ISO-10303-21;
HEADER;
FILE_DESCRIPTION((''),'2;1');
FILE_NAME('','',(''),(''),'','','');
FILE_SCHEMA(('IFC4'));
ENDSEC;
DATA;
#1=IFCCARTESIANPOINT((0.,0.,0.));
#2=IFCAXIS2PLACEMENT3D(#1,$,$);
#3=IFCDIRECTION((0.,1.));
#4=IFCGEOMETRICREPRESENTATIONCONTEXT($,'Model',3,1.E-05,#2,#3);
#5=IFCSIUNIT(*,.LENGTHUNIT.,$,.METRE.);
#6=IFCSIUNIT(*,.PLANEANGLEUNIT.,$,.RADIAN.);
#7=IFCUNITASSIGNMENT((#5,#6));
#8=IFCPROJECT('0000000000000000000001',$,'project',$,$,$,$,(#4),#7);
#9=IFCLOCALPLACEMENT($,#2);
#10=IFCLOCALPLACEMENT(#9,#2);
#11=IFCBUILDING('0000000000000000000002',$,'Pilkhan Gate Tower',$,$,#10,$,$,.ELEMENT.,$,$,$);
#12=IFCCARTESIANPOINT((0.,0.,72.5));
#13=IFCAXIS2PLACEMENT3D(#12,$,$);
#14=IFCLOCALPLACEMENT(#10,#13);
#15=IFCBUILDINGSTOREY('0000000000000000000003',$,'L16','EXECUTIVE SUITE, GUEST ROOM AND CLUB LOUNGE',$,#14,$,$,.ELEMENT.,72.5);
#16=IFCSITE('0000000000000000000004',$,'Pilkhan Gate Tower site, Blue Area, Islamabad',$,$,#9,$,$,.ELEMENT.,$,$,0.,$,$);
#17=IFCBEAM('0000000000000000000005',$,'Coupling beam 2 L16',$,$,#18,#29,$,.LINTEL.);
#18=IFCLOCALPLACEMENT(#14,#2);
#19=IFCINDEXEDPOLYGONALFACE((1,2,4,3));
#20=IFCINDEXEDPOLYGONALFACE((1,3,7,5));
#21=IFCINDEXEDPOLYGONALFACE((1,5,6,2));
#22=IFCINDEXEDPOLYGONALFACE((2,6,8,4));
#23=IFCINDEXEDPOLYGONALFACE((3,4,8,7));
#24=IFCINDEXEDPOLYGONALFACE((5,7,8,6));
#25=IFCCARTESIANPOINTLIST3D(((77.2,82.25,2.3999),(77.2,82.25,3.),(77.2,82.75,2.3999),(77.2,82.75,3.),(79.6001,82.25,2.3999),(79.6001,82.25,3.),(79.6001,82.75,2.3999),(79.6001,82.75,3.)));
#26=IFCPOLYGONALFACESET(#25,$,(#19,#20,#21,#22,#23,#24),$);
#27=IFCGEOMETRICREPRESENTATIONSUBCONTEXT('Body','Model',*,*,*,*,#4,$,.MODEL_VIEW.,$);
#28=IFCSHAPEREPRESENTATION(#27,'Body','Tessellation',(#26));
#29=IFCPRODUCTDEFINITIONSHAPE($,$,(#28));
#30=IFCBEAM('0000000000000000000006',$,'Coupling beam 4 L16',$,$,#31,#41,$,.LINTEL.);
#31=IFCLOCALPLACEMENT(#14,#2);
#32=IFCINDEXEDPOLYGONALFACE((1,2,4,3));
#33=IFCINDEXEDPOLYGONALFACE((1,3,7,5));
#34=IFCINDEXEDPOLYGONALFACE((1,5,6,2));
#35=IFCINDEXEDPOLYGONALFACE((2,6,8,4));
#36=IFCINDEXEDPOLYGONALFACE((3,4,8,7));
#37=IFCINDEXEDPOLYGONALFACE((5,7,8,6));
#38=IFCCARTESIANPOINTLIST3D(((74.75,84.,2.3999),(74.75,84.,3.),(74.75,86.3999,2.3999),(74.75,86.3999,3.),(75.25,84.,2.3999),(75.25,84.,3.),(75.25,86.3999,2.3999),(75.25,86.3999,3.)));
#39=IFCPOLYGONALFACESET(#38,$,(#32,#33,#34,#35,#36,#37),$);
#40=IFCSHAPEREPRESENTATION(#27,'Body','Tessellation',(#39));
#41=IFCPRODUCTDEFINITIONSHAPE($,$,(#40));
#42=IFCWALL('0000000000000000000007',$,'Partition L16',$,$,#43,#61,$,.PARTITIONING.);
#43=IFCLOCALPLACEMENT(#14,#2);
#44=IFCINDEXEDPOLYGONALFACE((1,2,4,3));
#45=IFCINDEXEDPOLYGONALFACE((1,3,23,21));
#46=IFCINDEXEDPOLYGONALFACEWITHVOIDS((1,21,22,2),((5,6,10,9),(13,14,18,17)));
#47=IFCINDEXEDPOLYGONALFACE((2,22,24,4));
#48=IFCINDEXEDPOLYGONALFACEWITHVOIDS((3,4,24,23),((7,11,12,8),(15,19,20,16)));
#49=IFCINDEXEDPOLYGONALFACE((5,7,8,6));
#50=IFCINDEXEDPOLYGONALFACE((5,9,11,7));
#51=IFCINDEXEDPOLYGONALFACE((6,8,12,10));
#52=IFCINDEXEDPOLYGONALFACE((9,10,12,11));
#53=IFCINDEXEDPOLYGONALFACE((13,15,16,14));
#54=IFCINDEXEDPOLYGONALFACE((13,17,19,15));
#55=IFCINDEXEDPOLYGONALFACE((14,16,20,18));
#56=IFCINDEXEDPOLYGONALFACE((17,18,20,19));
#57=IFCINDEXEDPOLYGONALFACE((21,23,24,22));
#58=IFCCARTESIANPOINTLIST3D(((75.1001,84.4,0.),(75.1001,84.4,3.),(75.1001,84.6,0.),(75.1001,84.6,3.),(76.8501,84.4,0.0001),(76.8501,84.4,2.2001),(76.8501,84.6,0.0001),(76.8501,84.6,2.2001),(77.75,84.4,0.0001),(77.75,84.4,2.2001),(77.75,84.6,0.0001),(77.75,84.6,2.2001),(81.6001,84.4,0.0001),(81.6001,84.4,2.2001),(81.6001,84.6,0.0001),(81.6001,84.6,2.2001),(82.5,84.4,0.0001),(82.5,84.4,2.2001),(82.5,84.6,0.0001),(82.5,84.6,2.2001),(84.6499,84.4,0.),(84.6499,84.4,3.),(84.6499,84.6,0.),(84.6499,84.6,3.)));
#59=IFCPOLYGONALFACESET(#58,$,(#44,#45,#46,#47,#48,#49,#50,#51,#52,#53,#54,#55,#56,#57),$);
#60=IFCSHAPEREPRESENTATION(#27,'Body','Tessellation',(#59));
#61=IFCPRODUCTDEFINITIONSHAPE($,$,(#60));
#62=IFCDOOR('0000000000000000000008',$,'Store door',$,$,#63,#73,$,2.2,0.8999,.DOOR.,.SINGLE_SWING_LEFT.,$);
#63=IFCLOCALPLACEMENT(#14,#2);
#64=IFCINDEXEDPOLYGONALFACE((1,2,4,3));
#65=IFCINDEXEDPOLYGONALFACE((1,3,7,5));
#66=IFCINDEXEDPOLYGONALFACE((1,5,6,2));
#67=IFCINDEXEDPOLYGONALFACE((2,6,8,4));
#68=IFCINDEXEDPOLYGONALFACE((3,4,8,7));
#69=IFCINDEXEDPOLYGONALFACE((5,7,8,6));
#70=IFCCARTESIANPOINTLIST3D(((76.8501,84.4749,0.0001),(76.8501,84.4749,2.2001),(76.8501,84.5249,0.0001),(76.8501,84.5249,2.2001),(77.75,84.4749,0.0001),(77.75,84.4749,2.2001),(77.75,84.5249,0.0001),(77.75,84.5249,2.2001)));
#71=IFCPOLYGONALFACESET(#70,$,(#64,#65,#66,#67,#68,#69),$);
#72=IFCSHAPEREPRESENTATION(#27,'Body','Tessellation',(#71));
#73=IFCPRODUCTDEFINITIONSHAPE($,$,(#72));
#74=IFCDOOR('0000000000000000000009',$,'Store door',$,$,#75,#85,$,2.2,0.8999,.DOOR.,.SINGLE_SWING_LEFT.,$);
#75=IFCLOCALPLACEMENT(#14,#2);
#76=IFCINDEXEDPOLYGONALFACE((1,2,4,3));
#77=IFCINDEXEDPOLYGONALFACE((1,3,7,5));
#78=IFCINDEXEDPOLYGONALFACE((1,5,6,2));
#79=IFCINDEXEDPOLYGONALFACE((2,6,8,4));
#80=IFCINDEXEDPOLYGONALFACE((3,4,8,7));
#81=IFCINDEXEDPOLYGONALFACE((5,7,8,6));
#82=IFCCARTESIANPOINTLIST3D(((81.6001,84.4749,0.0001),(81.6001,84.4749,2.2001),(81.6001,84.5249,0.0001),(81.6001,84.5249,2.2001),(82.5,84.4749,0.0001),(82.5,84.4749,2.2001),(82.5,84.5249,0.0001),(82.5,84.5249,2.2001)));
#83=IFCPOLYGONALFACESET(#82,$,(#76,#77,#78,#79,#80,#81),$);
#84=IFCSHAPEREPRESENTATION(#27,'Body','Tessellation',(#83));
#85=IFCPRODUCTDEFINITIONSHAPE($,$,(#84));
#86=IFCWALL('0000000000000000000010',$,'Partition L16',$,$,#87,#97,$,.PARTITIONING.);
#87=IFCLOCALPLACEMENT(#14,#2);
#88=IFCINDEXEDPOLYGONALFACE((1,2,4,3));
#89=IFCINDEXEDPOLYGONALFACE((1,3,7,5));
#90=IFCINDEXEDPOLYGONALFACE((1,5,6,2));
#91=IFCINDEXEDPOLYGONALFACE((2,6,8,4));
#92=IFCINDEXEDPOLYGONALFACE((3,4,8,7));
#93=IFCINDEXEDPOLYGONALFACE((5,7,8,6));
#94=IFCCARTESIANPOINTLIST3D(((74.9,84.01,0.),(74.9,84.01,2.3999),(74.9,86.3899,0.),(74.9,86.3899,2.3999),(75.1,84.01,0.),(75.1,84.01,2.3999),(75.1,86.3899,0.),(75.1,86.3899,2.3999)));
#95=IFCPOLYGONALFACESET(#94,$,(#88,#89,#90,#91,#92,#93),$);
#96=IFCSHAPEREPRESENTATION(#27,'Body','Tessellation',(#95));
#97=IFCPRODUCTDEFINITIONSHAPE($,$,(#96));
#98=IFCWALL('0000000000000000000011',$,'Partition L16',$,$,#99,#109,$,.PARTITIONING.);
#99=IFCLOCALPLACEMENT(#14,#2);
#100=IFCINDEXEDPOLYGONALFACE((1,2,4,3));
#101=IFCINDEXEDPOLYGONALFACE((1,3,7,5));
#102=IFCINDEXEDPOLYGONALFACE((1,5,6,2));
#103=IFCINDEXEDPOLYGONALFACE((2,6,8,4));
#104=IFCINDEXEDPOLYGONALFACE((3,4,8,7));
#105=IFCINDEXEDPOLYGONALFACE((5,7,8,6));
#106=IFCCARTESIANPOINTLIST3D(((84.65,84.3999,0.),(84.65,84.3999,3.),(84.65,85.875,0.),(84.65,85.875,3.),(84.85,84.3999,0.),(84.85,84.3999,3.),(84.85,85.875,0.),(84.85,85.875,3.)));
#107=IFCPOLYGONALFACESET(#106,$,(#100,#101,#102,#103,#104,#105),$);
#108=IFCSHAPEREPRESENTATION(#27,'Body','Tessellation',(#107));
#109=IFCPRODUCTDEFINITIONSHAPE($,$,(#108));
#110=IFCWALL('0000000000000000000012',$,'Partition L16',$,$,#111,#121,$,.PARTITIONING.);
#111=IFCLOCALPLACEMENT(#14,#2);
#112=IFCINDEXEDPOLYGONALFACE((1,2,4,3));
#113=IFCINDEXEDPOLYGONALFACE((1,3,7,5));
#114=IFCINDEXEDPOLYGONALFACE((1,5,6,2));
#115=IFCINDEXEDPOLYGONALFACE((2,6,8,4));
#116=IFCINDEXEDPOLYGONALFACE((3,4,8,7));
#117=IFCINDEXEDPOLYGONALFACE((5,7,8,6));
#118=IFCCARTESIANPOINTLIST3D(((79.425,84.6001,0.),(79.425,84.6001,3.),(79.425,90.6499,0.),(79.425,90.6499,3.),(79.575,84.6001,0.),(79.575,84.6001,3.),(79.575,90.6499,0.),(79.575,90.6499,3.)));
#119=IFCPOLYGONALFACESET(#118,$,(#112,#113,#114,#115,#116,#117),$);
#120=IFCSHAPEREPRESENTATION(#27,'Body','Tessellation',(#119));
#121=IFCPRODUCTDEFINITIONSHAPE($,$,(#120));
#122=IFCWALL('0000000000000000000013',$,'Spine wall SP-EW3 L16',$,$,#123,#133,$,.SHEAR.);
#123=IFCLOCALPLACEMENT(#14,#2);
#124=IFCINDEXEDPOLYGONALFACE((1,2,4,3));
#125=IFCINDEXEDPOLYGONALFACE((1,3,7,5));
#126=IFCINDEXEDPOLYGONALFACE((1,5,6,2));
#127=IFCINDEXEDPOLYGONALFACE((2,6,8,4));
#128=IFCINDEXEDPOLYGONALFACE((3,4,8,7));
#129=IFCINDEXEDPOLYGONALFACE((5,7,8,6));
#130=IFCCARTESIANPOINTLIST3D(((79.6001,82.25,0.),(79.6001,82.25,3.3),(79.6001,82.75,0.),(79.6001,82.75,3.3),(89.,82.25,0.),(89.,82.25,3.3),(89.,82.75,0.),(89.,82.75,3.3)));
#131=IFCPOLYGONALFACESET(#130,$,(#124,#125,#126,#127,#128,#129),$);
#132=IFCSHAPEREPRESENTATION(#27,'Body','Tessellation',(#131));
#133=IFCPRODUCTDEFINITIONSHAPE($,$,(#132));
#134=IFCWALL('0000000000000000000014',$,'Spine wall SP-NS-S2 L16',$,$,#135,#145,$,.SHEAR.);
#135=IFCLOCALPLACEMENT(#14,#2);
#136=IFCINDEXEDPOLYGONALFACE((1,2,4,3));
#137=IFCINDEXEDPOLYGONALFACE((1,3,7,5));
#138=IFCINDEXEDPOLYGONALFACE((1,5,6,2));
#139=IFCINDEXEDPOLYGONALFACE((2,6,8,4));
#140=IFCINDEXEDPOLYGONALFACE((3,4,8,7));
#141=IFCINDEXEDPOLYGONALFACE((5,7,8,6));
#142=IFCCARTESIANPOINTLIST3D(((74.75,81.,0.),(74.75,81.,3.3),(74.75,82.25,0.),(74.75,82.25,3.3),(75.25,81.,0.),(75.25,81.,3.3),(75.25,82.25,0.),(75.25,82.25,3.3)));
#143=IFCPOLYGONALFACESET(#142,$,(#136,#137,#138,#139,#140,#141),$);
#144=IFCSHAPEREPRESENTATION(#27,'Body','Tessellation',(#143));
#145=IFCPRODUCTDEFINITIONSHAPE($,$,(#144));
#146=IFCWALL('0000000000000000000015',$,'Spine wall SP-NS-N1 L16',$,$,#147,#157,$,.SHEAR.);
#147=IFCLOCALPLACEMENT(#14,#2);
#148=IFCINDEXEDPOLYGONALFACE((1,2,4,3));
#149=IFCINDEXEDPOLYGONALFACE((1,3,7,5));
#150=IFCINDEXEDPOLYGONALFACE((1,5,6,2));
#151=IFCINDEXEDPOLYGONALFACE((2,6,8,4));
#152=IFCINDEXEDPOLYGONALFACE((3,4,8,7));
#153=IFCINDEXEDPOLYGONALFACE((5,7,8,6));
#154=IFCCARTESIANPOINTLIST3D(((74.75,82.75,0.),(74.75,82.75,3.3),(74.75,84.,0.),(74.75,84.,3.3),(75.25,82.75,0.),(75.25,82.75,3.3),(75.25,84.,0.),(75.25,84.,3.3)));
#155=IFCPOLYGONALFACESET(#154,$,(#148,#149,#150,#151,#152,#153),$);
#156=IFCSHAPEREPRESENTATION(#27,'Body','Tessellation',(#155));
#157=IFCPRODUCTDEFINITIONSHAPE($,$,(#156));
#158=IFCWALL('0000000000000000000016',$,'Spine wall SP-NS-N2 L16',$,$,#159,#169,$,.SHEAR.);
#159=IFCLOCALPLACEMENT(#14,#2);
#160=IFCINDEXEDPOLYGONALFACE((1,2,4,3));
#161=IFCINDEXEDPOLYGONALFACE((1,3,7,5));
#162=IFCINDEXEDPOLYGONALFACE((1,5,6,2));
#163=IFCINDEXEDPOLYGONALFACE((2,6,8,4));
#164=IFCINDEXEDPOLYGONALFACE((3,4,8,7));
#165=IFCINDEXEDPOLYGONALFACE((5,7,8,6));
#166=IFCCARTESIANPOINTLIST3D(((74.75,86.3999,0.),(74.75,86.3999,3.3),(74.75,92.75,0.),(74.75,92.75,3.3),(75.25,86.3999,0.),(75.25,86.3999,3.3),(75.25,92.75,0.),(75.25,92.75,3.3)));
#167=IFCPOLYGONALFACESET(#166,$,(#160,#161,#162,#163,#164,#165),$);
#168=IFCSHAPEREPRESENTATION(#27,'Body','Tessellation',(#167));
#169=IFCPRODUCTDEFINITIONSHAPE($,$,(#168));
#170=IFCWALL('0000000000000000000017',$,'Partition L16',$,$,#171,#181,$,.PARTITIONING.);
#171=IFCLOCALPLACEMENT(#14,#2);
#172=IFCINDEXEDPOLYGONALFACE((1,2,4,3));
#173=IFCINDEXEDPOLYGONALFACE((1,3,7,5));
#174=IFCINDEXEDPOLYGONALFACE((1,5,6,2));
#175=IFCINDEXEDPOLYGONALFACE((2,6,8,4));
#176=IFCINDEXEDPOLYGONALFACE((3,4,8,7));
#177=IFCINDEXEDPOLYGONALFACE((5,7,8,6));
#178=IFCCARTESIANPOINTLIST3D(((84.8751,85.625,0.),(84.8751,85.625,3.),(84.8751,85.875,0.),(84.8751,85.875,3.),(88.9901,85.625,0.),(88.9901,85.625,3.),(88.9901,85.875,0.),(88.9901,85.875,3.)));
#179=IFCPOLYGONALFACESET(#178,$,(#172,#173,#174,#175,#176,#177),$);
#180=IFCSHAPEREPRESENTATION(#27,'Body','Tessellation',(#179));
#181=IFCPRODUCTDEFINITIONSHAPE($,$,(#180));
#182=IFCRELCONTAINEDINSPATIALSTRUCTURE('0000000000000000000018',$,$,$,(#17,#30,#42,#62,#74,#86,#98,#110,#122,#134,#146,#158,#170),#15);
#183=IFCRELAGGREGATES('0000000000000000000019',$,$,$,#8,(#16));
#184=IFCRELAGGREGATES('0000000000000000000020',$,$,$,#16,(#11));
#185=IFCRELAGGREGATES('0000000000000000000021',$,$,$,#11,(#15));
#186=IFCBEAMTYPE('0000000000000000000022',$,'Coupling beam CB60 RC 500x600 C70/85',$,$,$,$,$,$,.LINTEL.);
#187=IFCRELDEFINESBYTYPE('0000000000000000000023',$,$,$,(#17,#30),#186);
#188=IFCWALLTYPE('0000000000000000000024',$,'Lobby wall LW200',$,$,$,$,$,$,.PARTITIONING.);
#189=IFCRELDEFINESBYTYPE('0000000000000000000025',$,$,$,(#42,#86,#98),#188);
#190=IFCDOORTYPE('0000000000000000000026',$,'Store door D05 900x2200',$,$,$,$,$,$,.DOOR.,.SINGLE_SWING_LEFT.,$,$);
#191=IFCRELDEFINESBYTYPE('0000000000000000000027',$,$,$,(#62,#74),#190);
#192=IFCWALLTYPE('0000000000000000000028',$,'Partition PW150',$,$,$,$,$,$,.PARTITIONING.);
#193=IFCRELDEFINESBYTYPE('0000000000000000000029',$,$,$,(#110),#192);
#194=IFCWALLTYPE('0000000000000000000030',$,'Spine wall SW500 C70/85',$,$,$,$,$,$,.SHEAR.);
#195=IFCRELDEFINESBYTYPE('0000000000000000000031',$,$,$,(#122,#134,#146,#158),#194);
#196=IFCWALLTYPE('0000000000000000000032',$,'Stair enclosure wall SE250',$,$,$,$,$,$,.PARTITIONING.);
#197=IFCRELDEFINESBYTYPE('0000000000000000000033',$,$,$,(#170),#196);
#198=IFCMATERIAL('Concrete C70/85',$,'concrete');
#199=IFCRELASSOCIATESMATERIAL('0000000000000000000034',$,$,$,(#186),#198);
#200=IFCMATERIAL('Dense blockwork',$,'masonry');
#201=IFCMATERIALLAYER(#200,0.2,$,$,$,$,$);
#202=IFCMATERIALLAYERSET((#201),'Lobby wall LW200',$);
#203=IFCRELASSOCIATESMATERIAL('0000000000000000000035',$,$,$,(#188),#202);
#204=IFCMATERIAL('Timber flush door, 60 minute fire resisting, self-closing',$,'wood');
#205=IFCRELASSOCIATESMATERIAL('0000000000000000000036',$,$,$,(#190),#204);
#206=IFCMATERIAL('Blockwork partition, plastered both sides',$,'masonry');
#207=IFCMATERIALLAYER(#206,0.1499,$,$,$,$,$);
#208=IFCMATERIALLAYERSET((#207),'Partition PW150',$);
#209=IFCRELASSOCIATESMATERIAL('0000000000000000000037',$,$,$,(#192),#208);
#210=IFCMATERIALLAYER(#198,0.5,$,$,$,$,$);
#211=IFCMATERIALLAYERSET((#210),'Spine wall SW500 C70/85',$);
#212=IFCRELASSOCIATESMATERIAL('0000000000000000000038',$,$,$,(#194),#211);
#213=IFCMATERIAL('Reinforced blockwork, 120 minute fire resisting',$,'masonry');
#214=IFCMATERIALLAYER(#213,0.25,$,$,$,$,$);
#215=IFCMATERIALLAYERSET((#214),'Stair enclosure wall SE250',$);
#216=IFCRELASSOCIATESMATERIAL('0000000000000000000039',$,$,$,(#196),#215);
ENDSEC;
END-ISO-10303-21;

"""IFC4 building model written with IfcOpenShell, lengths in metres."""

from ifc_helpers import new_model, si_unit, direction, frame, frame_2d, origin, origin_2d, place, context, subcontext, project, spatial, rectangle, extrude, material, layer, layer_set, material_profile, profile_set, type_object, element, fill, save


model = new_model("IFC4")

# Units and contexts
model_context = context("Model", 3, precision=1e-05, world=origin(), true_north=direction((0.0, 1.0)))
body_context = subcontext(model_context, "Body", "Model", "MODEL_VIEW")
ifc_project = project(units=[si_unit("LENGTHUNIT", "METRE"), si_unit("PLANEANGLEUNIT", "RADIAN")], contexts=[model_context])

# Site, building, storey
site_placement = place(None, origin())
site = spatial("IfcSite", under=ifc_project, at=site_placement, Name="Pilkhan Gate Tower site, Blue Area, Islamabad", CompositionType="ELEMENT", RefElevation=0.0)
building_placement = place(site_placement, origin())
building = spatial("IfcBuilding", under=site, at=building_placement, Name="Pilkhan Gate Tower", CompositionType="ELEMENT")
storey_placement = place(building_placement, frame((0.0, 0.0, 72.5)))
storey = spatial("IfcBuildingStorey", under=building, at=storey_placement, Name="L16", Description="EXECUTIVE SUITE, GUEST ROOM AND CLUB LOUNGE", CompositionType="ELEMENT", Elevation=72.5)

# Beams
ifc_material_1 = material(Name="Concrete C70/85", Category="concrete")
ifc_material_profile = material_profile(ifc_material_1, rectangle(XDim=0.5, YDim=0.6001, at=origin_2d()), Name="RC 500x600")
ifc_profile_set = profile_set([ifc_material_profile], Name="Concrete C70/85")
beam_type = type_object("IfcBeamType", Name="Coupling beam CB60 RC 500x600 C70/85", PredefinedType="LINTEL", material=ifc_profile_set)
beam_1_placement = place(storey_placement, frame((77.2, 82.5, 2.7), z_axis=(1.0, 0.0, 0.0), x_axis=(0.0, 1.0, 0.0)))
element("IfcBeam", 1, at=beam_1_placement, inside=storey, type_object=beam_type, Name="Coupling beam 2 L16", PredefinedType="LINTEL", context=body_context, shape_type="SweptSolid", body=[
    extrude(rectangle(XDim=0.5, YDim=0.6001, at=origin_2d()), origin(), (0.0, 0.0, 1.0), 2.4001),
])
beam_2_placement = place(storey_placement, frame((75.0, 84.0, 2.7), z_axis=(0.0, 1.0, 0.0), x_axis=(-1.0, 0.0, 0.0)))
element("IfcBeam", 2, at=beam_2_placement, inside=storey, type_object=beam_type, Name="Coupling beam 4 L16", PredefinedType="LINTEL", context=body_context, shape_type="SweptSolid", body=[
    extrude(rectangle(XDim=0.5, YDim=0.6001, at=origin_2d()), origin(), (0.0, 0.0, 1.0), 2.3999),
])

# Wall, openings, doors
ifc_material_2 = material(Name="Dense blockwork", Category="masonry")
ifc_layer_1 = layer(ifc_material_2, 0.2)
ifc_layer_set_1 = layer_set([ifc_layer_1], Name="Lobby wall LW200")
wall_type_1 = type_object("IfcWallType", Name="Lobby wall LW200", PredefinedType="PARTITIONING", material=ifc_layer_set_1)
wall_1_placement = place(storey_placement, frame((75.1001, 84.5, 0.0), z_axis=(0.0, 0.0, 1.0), x_axis=(1.0, 0.0, 0.0)))
wall_1 = element("IfcWall", 3, at=wall_1_placement, inside=storey, type_object=wall_type_1, Name="Partition L16", PredefinedType="PARTITIONING", context=body_context, shape_type="SweptSolid", body=[
    extrude(rectangle(XDim=9.5498, YDim=0.2, at=frame_2d((4.7749, 0.0))), origin(), (0.0, 0.0, 1.0), 3.0),
])
opening_1_placement = place(wall_1_placement, frame((1.75, 0.0, 0.0)))
opening_1 = element("IfcOpeningElement", 4, at=opening_1_placement, cuts=wall_1, PredefinedType="OPENING", context=body_context, shape_type="SweptSolid", body=[
    extrude(rectangle(XDim=0.8999, YDim=2.2, at=frame_2d((0.45, 1.1001))), frame((0.0, 0.1099, 0.0), z_axis=(0.0, -1.0, 0.0), x_axis=(1.0, 0.0, 0.0)), (0.0, 0.0, 1.0), 0.22),
])
opening_2_placement = place(wall_1_placement, frame((6.5, 0.0, 0.0)))
opening_2 = element("IfcOpeningElement", 5, at=opening_2_placement, cuts=wall_1, PredefinedType="OPENING", context=body_context, shape_type="SweptSolid", body=[
    extrude(rectangle(XDim=0.8999, YDim=2.2, at=frame_2d((0.45, 1.1001))), frame((0.0, 0.1099, 0.0), z_axis=(0.0, -1.0, 0.0), x_axis=(1.0, 0.0, 0.0)), (0.0, 0.0, 1.0), 0.22),
])
ifc_material_3 = material(Name="Timber flush door, 60 minute fire resisting, self-closing", Category="wood")
door_type = type_object("IfcDoorType", Name="Store door D05 900x2200", OperationType="SINGLE_SWING_LEFT", PredefinedType="DOOR", material=ifc_material_3)
door_1_placement = place(opening_1_placement, origin())
door_1 = element("IfcDoor", 6, at=door_1_placement, inside=storey, type_object=door_type, Name="Store door", OperationType="SINGLE_SWING_LEFT", OverallHeight=2.2, OverallWidth=0.8999, PredefinedType="DOOR", context=body_context, shape_type="SweptSolid", body=[
    extrude(rectangle(XDim=0.8999, YDim=2.2, at=frame_2d((0.45, 1.1001))), frame((0.0, 0.0249, 0.0), z_axis=(0.0, -1.0, 0.0), x_axis=(1.0, 0.0, 0.0)), (0.0, 0.0, 1.0), 0.05),
])
fill(opening_1, door_1)
door_2_placement = place(opening_2_placement, origin())
door_2 = element("IfcDoor", 7, at=door_2_placement, inside=storey, type_object=door_type, Name="Store door", OperationType="SINGLE_SWING_LEFT", OverallHeight=2.2, OverallWidth=0.8999, PredefinedType="DOOR", context=body_context, shape_type="SweptSolid", body=[
    extrude(rectangle(XDim=0.8999, YDim=2.2, at=frame_2d((0.45, 1.1001))), frame((0.0, 0.0249, 0.0), z_axis=(0.0, -1.0, 0.0), x_axis=(1.0, 0.0, 0.0)), (0.0, 0.0, 1.0), 0.05),
])
fill(opening_2, door_2)

# Walls
wall_2_placement = place(storey_placement, frame((75.0, 84.01, 0.0), z_axis=(0.0, 0.0, 1.0), x_axis=(0.0, 1.0, 0.0)))
element("IfcWall", 8, at=wall_2_placement, inside=storey, type_object=wall_type_1, Name="Partition L16", PredefinedType="PARTITIONING", context=body_context, shape_type="SweptSolid", body=[
    extrude(rectangle(XDim=2.3799, YDim=0.2, at=frame_2d((1.1899, 0.0))), origin(), (0.0, 0.0, 1.0), 2.3999),
])
wall_3_placement = place(storey_placement, frame((84.75, 84.3999, 0.0), z_axis=(0.0, 0.0, 1.0), x_axis=(0.0, 1.0, 0.0)))
element("IfcWall", 9, at=wall_3_placement, inside=storey, type_object=wall_type_1, Name="Partition L16", PredefinedType="PARTITIONING", context=body_context, shape_type="SweptSolid", body=[
    extrude(rectangle(XDim=1.4751, YDim=0.2, at=frame_2d((0.7375, 0.0))), origin(), (0.0, 0.0, 1.0), 3.0),
])
ifc_material_4 = material(Name="Blockwork partition, plastered both sides", Category="masonry")
ifc_layer_2 = layer(ifc_material_4, 0.1499)
ifc_layer_set_2 = layer_set([ifc_layer_2], Name="Partition PW150")
wall_type_2 = type_object("IfcWallType", Name="Partition PW150", PredefinedType="PARTITIONING", material=ifc_layer_set_2)
wall_4_placement = place(storey_placement, frame((79.5, 84.6001, 0.0), z_axis=(0.0, 0.0, 1.0), x_axis=(0.0, 1.0, 0.0)))
element("IfcWall", 10, at=wall_4_placement, inside=storey, type_object=wall_type_2, Name="Partition L16", PredefinedType="PARTITIONING", context=body_context, shape_type="SweptSolid", body=[
    extrude(rectangle(XDim=6.0498, YDim=0.1499, at=frame_2d((3.0249, 0.0))), origin(), (0.0, 0.0, 1.0), 3.0),
])
ifc_layer_3 = layer(ifc_material_1, 0.5)
ifc_layer_set_3 = layer_set([ifc_layer_3], Name="Spine wall SW500 C70/85")
wall_type_3 = type_object("IfcWallType", Name="Spine wall SW500 C70/85", PredefinedType="SHEAR", material=ifc_layer_set_3)
wall_5_placement = place(storey_placement, frame((79.6001, 82.5, 0.0), z_axis=(0.0, 0.0, 1.0), x_axis=(1.0, 0.0, 0.0)))
element("IfcWall", 11, at=wall_5_placement, inside=storey, type_object=wall_type_3, Name="Spine wall SP-EW3 L16", PredefinedType="SHEAR", context=body_context, shape_type="SweptSolid", body=[
    extrude(rectangle(XDim=9.3999, YDim=0.5, at=frame_2d((4.7, 0.0))), origin(), (0.0, 0.0, 1.0), 3.3),
])
for number, where, z_axis, x_axis, name in (
    (12, (75.0, 81.0, 0.0), (0.0, 0.0, 1.0), (0.0, 1.0, 0.0), "Spine wall SP-NS-S2 L16"),
    (13, (75.0, 82.75, 0.0), (0.0, 0.0, 1.0), (0.0, 1.0, 0.0), "Spine wall SP-NS-N1 L16"),
):
    element("IfcWall", number, at=place(storey_placement, frame(where, z_axis=z_axis, x_axis=x_axis)), inside=storey, type_object=wall_type_3, Name=name, PredefinedType="SHEAR", context=body_context, shape_type="SweptSolid", body=[
        extrude(rectangle(XDim=1.25, YDim=0.5, at=frame_2d((0.625, 0.0))), origin(), (0.0, 0.0, 1.0), 3.3),
    ])
wall_6_placement = place(storey_placement, frame((75.0, 86.3999, 0.0), z_axis=(0.0, 0.0, 1.0), x_axis=(0.0, 1.0, 0.0)))
element("IfcWall", 14, at=wall_6_placement, inside=storey, type_object=wall_type_3, Name="Spine wall SP-NS-N2 L16", PredefinedType="SHEAR", context=body_context, shape_type="SweptSolid", body=[
    extrude(rectangle(XDim=6.3501, YDim=0.5, at=frame_2d((3.175, 0.0))), origin(), (0.0, 0.0, 1.0), 3.3),
])
ifc_material_5 = material(Name="Reinforced blockwork, 120 minute fire resisting", Category="masonry")
ifc_layer_4 = layer(ifc_material_5, 0.25)
ifc_layer_set_4 = layer_set([ifc_layer_4], Name="Stair enclosure wall SE250")
wall_type_4 = type_object("IfcWallType", Name="Stair enclosure wall SE250", PredefinedType="PARTITIONING", material=ifc_layer_set_4)
wall_7_placement = place(storey_placement, frame((84.875, 85.75, 0.0), z_axis=(0.0, 0.0, 1.0), x_axis=(1.0, 0.0, 0.0)))
element("IfcWall", 15, at=wall_7_placement, inside=storey, type_object=wall_type_4, Name="Partition L16", PredefinedType="PARTITIONING", context=body_context, shape_type="SweptSolid", body=[
    extrude(rectangle(XDim=4.115, YDim=0.25, at=frame_2d((2.0576, 0.0))), origin(), (0.0, 0.0, 1.0), 3.0),
])

save(model, "model.ifc")
